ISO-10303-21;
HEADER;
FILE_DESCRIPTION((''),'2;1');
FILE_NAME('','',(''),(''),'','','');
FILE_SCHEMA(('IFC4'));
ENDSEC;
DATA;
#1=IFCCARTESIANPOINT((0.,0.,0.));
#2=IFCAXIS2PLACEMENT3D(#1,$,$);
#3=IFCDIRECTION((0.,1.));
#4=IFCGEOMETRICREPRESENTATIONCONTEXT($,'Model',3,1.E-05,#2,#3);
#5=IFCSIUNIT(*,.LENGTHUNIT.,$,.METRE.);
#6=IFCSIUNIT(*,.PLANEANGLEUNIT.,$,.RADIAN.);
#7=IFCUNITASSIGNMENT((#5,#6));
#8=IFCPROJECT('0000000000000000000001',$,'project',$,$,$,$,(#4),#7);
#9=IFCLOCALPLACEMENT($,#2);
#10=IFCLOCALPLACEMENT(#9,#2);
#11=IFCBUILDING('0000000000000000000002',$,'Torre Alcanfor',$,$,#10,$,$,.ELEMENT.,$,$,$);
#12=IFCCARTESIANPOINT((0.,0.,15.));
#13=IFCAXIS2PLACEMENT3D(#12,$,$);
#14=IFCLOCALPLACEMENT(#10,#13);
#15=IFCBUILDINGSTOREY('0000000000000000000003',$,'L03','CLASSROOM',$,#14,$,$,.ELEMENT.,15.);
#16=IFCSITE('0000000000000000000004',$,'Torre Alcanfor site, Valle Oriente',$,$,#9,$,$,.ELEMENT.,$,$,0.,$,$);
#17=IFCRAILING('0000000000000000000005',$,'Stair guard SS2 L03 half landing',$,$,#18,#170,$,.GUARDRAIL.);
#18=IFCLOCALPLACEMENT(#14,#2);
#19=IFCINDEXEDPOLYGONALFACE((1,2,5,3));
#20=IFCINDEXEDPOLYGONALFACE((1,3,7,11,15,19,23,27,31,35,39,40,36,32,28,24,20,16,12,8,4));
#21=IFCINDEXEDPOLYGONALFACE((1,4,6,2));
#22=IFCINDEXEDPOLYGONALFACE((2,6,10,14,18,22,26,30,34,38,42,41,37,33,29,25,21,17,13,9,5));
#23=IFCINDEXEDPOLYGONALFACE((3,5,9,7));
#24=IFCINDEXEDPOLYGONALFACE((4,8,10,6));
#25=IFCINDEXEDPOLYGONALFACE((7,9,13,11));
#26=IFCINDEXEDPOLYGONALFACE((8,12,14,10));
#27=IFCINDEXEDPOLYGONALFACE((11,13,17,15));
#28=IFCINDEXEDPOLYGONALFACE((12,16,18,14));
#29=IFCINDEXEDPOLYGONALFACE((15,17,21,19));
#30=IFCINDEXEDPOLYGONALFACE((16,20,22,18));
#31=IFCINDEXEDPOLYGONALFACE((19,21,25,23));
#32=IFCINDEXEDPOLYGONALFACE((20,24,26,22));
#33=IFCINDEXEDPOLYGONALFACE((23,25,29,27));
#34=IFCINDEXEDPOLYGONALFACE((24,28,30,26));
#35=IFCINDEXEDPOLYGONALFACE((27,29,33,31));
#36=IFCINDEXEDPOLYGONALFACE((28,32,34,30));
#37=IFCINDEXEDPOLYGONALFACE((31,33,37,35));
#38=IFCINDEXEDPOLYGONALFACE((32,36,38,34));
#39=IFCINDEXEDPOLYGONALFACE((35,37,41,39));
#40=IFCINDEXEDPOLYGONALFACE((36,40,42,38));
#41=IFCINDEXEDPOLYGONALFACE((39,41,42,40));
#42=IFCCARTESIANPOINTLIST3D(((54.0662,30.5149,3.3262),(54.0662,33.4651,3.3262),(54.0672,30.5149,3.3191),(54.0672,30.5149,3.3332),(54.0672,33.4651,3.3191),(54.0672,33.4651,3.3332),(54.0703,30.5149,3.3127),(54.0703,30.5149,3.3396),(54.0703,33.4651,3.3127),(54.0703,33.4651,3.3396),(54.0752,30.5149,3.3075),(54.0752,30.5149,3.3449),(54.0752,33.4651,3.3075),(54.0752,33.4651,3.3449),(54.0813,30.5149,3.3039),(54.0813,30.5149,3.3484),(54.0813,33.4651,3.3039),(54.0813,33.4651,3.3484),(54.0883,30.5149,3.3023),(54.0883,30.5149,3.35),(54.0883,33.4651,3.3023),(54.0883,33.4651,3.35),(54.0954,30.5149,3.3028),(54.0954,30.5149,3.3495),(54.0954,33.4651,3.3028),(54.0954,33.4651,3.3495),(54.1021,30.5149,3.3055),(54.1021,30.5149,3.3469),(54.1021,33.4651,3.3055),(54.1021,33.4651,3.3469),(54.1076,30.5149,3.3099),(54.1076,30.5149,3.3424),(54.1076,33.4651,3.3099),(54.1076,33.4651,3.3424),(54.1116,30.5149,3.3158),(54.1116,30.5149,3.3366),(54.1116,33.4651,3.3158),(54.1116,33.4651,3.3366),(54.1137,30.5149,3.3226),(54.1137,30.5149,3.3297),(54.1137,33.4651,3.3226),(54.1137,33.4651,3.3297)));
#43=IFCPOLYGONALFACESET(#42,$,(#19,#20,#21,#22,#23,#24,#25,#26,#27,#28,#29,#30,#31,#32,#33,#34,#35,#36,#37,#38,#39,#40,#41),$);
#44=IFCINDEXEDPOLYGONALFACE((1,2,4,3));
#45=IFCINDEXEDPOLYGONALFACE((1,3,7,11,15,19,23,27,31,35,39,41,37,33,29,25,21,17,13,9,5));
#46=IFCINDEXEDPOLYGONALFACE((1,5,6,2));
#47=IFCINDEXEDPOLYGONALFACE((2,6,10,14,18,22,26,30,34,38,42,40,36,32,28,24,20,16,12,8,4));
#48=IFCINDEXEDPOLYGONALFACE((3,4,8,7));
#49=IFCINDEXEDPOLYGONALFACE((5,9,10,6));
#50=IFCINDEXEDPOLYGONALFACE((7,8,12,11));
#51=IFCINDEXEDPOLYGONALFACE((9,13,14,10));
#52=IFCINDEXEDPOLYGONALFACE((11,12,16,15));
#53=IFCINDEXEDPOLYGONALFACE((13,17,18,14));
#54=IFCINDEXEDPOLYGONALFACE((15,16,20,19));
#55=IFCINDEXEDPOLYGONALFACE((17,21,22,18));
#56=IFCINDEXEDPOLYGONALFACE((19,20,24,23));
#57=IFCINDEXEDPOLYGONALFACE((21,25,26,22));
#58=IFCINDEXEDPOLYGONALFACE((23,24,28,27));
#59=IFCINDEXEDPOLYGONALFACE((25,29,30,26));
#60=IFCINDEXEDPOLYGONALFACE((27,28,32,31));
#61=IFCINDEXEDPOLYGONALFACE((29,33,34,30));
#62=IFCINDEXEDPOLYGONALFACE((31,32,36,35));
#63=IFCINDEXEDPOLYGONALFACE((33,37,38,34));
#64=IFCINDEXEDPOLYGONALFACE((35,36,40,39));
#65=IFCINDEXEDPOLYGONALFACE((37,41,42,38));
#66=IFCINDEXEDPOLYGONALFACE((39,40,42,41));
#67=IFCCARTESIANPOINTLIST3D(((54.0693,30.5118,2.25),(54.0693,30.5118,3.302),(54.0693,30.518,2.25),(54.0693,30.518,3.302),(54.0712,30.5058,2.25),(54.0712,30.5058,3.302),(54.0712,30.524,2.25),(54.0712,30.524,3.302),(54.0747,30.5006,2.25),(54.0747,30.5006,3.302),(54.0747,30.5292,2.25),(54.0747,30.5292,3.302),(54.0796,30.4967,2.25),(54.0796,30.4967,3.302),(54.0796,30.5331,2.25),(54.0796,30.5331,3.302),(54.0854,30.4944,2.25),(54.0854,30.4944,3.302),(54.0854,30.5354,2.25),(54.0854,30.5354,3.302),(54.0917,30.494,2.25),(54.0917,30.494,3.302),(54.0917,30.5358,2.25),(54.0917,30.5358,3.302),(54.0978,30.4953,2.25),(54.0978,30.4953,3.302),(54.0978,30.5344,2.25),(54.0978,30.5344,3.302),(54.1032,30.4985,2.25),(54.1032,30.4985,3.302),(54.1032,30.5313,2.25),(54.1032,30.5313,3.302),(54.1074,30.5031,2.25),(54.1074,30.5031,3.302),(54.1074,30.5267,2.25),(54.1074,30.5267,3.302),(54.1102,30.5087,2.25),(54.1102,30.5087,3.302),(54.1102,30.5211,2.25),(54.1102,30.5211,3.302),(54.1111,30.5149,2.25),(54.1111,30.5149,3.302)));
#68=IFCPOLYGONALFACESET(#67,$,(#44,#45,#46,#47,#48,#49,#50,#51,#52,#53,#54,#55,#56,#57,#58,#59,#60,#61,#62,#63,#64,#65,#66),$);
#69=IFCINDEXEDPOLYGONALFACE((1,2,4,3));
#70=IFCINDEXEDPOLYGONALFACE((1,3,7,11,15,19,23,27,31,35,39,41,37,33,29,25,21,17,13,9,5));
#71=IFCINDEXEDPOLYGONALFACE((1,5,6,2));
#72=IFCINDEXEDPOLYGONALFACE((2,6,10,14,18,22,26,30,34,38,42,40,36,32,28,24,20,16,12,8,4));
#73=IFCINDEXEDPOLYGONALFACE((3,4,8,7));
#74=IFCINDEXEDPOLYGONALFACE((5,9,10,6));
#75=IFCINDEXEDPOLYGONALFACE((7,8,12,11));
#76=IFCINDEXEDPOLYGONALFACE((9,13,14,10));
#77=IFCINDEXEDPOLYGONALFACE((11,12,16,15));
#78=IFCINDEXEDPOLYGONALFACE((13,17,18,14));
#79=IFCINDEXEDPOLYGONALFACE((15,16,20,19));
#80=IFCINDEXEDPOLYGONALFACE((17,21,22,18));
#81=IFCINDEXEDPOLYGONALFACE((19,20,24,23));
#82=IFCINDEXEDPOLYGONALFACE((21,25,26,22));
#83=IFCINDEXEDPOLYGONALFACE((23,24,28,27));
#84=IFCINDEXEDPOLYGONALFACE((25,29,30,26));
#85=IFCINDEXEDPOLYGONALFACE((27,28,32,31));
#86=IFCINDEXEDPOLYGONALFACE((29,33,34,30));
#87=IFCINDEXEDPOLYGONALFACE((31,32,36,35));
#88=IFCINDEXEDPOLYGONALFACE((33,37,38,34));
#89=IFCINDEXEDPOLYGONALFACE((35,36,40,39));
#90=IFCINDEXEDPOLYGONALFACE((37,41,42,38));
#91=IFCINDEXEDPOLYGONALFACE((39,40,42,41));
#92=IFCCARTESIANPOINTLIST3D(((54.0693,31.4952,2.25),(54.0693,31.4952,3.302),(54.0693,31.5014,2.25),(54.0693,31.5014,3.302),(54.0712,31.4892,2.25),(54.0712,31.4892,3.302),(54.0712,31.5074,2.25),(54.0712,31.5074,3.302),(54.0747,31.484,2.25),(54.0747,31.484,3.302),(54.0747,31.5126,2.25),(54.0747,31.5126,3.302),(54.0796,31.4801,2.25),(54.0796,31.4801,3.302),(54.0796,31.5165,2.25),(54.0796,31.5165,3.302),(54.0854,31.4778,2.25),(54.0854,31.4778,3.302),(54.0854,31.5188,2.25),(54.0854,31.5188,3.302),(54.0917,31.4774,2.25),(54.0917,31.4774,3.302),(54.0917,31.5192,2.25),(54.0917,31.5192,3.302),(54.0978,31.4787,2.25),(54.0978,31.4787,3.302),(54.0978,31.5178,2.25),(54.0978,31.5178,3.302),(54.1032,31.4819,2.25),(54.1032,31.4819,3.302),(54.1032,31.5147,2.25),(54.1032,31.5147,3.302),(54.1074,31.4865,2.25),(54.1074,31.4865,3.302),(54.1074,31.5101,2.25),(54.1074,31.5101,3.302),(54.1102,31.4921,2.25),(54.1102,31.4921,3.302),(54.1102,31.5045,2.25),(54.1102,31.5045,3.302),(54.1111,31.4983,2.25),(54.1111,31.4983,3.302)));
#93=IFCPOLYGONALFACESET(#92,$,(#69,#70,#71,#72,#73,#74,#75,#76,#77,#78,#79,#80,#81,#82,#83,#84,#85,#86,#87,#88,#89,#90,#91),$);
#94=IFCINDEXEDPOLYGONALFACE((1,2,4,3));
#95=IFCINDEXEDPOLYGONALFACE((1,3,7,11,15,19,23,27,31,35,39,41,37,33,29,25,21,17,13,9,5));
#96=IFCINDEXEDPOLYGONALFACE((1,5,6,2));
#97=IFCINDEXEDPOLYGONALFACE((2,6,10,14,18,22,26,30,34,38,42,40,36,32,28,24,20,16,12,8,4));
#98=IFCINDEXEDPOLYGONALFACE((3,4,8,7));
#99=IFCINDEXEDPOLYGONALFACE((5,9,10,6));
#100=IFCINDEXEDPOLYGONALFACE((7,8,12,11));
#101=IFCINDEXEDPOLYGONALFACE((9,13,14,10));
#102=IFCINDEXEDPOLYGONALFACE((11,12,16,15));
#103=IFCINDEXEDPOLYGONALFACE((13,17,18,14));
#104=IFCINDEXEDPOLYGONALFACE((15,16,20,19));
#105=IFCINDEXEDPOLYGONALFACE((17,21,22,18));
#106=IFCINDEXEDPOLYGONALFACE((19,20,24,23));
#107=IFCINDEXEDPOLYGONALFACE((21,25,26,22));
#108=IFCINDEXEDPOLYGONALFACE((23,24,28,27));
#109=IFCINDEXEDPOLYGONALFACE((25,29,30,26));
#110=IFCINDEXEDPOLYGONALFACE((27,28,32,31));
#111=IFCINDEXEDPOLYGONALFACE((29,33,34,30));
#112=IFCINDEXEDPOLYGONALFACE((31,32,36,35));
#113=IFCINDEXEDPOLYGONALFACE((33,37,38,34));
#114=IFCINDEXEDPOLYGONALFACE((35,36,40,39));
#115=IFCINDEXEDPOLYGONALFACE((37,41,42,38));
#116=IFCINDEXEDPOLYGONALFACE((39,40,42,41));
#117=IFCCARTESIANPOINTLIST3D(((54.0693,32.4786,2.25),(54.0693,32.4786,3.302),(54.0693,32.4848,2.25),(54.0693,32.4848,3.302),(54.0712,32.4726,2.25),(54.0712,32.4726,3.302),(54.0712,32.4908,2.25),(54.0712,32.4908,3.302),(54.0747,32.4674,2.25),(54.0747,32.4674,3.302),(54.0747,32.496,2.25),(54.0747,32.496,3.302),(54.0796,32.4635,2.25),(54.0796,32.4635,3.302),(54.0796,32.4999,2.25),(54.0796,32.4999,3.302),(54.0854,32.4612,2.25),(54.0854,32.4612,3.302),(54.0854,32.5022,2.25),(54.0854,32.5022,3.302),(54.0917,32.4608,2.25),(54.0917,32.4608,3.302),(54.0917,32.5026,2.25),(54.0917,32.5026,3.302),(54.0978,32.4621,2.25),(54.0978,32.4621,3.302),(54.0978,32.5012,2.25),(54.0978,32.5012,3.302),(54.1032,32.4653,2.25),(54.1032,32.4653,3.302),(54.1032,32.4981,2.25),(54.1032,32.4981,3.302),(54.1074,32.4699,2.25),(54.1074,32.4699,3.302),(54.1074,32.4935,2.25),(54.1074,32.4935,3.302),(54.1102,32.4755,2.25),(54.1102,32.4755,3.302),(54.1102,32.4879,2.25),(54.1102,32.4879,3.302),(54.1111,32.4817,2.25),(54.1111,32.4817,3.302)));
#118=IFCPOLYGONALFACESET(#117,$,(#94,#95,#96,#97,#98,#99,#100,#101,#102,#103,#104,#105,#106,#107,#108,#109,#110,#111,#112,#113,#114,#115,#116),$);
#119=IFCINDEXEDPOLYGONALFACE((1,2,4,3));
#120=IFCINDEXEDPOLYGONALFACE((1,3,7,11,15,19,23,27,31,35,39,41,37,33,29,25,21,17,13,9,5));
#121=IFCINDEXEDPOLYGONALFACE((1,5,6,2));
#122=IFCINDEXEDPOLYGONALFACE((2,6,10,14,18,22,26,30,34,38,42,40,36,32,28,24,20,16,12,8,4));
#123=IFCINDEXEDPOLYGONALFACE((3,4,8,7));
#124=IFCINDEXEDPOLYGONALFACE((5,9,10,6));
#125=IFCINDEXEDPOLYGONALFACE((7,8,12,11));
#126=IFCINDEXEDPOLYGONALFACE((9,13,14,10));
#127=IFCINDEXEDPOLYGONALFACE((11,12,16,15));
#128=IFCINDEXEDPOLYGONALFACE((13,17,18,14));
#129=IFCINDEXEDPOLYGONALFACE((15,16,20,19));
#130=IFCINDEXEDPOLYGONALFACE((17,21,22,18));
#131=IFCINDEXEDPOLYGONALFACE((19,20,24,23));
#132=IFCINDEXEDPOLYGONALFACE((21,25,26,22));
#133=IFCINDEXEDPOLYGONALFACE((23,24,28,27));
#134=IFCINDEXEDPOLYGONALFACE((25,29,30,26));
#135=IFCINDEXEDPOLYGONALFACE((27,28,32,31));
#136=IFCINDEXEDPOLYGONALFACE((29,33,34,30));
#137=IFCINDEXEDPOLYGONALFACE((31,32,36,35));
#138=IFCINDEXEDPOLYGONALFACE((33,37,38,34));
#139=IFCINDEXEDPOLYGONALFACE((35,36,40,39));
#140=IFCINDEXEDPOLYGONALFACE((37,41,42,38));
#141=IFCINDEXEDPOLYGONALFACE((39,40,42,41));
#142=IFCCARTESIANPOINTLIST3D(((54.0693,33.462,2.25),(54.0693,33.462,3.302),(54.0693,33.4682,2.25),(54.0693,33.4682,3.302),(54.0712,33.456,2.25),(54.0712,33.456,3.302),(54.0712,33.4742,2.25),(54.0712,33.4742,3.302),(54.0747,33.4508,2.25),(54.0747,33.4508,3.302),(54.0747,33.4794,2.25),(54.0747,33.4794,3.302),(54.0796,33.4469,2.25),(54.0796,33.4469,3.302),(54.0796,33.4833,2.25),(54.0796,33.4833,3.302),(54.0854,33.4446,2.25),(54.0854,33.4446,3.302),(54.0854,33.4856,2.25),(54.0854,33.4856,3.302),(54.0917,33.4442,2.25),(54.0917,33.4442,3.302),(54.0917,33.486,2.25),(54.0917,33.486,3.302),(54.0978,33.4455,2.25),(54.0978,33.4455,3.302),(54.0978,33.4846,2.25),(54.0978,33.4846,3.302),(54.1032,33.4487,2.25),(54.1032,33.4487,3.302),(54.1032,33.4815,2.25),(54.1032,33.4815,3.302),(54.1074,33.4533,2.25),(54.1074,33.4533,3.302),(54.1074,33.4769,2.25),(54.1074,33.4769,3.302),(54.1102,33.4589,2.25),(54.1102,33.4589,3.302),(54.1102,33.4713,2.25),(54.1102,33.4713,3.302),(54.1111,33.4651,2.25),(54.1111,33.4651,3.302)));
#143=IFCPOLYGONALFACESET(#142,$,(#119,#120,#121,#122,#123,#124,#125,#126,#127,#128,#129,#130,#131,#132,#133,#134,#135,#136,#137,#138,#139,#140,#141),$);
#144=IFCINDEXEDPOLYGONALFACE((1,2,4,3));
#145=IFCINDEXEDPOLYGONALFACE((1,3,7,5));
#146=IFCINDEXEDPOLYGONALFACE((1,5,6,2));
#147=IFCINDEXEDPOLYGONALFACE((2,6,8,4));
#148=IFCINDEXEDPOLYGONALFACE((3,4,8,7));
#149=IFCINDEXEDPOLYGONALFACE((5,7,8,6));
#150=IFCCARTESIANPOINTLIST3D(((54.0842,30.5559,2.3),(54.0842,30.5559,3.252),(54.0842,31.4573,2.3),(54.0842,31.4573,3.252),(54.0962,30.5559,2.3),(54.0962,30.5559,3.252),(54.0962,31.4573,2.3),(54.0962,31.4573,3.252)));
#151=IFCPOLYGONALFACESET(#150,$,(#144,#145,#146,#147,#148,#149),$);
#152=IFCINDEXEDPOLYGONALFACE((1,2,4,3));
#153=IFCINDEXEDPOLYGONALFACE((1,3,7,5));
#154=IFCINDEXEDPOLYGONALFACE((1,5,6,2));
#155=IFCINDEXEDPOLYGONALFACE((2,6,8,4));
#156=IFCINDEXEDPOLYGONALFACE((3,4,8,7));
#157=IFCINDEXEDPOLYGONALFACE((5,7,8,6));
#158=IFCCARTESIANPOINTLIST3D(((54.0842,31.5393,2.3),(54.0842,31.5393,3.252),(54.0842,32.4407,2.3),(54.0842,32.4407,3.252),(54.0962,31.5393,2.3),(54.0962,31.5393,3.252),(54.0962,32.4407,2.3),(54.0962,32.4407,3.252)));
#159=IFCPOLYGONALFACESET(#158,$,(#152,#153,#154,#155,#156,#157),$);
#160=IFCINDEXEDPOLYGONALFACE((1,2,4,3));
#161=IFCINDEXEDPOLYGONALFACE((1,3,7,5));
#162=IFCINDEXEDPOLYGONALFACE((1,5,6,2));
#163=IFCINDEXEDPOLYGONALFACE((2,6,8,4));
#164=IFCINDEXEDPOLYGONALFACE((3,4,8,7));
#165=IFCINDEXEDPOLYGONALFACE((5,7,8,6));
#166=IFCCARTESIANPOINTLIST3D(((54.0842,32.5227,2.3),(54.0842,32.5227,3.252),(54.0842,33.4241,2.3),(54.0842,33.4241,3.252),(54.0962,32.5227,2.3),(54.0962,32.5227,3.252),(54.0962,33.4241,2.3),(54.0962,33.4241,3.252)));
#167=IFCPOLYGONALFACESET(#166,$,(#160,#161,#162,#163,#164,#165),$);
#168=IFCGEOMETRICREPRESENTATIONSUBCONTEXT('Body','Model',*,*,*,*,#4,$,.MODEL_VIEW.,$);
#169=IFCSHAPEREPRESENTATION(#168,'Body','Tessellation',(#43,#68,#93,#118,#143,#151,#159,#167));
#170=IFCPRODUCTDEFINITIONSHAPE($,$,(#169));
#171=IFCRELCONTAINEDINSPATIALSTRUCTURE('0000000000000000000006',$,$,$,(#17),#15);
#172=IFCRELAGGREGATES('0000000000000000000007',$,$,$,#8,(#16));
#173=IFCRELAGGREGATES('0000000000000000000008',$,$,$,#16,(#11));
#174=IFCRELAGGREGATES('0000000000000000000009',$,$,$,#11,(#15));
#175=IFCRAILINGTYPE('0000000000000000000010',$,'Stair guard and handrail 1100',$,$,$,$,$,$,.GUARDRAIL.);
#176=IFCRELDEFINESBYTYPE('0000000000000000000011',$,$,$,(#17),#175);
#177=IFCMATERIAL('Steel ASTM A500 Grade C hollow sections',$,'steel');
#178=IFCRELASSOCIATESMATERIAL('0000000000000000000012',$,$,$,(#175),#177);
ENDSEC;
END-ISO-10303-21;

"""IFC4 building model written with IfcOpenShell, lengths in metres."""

from ifc_helpers import new_model, si_unit, direction, frame, origin, origin_2d, place, context, subcontext, project, spatial, polyline, circle, outline, extrude, material, type_object, element, save


model = new_model("IFC4")

# Units and contexts
model_context = context("Model", 3, precision=1e-05, world=origin(), true_north=direction((0.0, 1.0)))
body_context = subcontext(model_context, "Body", "Model", "MODEL_VIEW")
ifc_project = project(units=[si_unit("LENGTHUNIT", "METRE"), si_unit("PLANEANGLEUNIT", "RADIAN")], contexts=[model_context])

# Site, building, storey
site_placement = place(None, origin())
site = spatial("IfcSite", under=ifc_project, at=site_placement, Name="Torre Alcanfor site, Valle Oriente", CompositionType="ELEMENT", RefElevation=0.0)
building_placement = place(site_placement, origin())
building = spatial("IfcBuilding", under=site, at=building_placement, Name="Torre Alcanfor", CompositionType="ELEMENT")
storey_placement = place(building_placement, frame((0.0, 0.0, 15.0)))
storey = spatial("IfcBuildingStorey", under=building, at=storey_placement, Name="L03", Description="CLASSROOM", CompositionType="ELEMENT", Elevation=15.0)

# Railing
ifc_material_1 = material(Name="Steel ASTM A500 Grade C hollow sections", Category="steel")
railing_type_1 = type_object("IfcRailingType", Name="Stair guard and handrail 1100", PredefinedType="GUARDRAIL", material=ifc_material_1)
railing_1_placement = place(storey_placement, frame((54.0901, 30.5149, 2.25)))
element("IfcRailing", 1, at=railing_1_placement, inside=storey, type_object=railing_type_1, Name="Stair guard SS2 L03 half landing", PredefinedType="GUARDRAIL", context=body_context, shape_type="SweptSolid", body=[
    extrude(circle(Radius=0.0239, at=origin_2d()), frame((0.0, 0.0, 1.0762), z_axis=(0.0, 1.0, 0.0), x_axis=(-1.0, 0.0, 0.0)), (0.0, 0.0, 1.0), 2.9502),
    extrude(circle(Radius=0.021, at=origin_2d()), origin(), (0.0, 0.0, 1.0), 1.052),
    extrude(circle(Radius=0.021, at=origin_2d()), frame((0.0, 0.9834, 0.0)), (0.0, 0.0, 1.0), 1.052),
    extrude(circle(Radius=0.021, at=origin_2d()), frame((0.0, 1.9668, 0.0)), (0.0, 0.0, 1.0), 1.052),
    extrude(circle(Radius=0.021, at=origin_2d()), frame((0.0, 2.9502, 0.0)), (0.0, 0.0, 1.0), 1.052),
    extrude(outline(polyline([(0.041, 0.05), (0.9424, 0.05), (0.9424, 1.002), (0.041, 1.002), (0.041, 0.05)])), frame((-0.0059, 0.0, 0.0), z_axis=(1.0, 0.0, 0.0), x_axis=(0.0, 1.0, 0.0)), (0.0, 0.0, 1.0), 0.012),
    extrude(outline(polyline([(1.0244, 0.05), (1.9258, 0.05), (1.9258, 1.002), (1.0244, 1.002), (1.0244, 0.05)])), frame((-0.0059, 0.0, 0.0), z_axis=(1.0, 0.0, 0.0), x_axis=(0.0, 1.0, 0.0)), (0.0, 0.0, 1.0), 0.012),
    extrude(outline(polyline([(2.0078, 0.05), (2.9092, 0.05), (2.9092, 1.002), (2.0078, 1.002), (2.0078, 0.05)])), frame((-0.0059, 0.0, 0.0), z_axis=(1.0, 0.0, 0.0), x_axis=(0.0, 1.0, 0.0)), (0.0, 0.0, 1.0), 0.012),
])

save(model, "model.ifc")
